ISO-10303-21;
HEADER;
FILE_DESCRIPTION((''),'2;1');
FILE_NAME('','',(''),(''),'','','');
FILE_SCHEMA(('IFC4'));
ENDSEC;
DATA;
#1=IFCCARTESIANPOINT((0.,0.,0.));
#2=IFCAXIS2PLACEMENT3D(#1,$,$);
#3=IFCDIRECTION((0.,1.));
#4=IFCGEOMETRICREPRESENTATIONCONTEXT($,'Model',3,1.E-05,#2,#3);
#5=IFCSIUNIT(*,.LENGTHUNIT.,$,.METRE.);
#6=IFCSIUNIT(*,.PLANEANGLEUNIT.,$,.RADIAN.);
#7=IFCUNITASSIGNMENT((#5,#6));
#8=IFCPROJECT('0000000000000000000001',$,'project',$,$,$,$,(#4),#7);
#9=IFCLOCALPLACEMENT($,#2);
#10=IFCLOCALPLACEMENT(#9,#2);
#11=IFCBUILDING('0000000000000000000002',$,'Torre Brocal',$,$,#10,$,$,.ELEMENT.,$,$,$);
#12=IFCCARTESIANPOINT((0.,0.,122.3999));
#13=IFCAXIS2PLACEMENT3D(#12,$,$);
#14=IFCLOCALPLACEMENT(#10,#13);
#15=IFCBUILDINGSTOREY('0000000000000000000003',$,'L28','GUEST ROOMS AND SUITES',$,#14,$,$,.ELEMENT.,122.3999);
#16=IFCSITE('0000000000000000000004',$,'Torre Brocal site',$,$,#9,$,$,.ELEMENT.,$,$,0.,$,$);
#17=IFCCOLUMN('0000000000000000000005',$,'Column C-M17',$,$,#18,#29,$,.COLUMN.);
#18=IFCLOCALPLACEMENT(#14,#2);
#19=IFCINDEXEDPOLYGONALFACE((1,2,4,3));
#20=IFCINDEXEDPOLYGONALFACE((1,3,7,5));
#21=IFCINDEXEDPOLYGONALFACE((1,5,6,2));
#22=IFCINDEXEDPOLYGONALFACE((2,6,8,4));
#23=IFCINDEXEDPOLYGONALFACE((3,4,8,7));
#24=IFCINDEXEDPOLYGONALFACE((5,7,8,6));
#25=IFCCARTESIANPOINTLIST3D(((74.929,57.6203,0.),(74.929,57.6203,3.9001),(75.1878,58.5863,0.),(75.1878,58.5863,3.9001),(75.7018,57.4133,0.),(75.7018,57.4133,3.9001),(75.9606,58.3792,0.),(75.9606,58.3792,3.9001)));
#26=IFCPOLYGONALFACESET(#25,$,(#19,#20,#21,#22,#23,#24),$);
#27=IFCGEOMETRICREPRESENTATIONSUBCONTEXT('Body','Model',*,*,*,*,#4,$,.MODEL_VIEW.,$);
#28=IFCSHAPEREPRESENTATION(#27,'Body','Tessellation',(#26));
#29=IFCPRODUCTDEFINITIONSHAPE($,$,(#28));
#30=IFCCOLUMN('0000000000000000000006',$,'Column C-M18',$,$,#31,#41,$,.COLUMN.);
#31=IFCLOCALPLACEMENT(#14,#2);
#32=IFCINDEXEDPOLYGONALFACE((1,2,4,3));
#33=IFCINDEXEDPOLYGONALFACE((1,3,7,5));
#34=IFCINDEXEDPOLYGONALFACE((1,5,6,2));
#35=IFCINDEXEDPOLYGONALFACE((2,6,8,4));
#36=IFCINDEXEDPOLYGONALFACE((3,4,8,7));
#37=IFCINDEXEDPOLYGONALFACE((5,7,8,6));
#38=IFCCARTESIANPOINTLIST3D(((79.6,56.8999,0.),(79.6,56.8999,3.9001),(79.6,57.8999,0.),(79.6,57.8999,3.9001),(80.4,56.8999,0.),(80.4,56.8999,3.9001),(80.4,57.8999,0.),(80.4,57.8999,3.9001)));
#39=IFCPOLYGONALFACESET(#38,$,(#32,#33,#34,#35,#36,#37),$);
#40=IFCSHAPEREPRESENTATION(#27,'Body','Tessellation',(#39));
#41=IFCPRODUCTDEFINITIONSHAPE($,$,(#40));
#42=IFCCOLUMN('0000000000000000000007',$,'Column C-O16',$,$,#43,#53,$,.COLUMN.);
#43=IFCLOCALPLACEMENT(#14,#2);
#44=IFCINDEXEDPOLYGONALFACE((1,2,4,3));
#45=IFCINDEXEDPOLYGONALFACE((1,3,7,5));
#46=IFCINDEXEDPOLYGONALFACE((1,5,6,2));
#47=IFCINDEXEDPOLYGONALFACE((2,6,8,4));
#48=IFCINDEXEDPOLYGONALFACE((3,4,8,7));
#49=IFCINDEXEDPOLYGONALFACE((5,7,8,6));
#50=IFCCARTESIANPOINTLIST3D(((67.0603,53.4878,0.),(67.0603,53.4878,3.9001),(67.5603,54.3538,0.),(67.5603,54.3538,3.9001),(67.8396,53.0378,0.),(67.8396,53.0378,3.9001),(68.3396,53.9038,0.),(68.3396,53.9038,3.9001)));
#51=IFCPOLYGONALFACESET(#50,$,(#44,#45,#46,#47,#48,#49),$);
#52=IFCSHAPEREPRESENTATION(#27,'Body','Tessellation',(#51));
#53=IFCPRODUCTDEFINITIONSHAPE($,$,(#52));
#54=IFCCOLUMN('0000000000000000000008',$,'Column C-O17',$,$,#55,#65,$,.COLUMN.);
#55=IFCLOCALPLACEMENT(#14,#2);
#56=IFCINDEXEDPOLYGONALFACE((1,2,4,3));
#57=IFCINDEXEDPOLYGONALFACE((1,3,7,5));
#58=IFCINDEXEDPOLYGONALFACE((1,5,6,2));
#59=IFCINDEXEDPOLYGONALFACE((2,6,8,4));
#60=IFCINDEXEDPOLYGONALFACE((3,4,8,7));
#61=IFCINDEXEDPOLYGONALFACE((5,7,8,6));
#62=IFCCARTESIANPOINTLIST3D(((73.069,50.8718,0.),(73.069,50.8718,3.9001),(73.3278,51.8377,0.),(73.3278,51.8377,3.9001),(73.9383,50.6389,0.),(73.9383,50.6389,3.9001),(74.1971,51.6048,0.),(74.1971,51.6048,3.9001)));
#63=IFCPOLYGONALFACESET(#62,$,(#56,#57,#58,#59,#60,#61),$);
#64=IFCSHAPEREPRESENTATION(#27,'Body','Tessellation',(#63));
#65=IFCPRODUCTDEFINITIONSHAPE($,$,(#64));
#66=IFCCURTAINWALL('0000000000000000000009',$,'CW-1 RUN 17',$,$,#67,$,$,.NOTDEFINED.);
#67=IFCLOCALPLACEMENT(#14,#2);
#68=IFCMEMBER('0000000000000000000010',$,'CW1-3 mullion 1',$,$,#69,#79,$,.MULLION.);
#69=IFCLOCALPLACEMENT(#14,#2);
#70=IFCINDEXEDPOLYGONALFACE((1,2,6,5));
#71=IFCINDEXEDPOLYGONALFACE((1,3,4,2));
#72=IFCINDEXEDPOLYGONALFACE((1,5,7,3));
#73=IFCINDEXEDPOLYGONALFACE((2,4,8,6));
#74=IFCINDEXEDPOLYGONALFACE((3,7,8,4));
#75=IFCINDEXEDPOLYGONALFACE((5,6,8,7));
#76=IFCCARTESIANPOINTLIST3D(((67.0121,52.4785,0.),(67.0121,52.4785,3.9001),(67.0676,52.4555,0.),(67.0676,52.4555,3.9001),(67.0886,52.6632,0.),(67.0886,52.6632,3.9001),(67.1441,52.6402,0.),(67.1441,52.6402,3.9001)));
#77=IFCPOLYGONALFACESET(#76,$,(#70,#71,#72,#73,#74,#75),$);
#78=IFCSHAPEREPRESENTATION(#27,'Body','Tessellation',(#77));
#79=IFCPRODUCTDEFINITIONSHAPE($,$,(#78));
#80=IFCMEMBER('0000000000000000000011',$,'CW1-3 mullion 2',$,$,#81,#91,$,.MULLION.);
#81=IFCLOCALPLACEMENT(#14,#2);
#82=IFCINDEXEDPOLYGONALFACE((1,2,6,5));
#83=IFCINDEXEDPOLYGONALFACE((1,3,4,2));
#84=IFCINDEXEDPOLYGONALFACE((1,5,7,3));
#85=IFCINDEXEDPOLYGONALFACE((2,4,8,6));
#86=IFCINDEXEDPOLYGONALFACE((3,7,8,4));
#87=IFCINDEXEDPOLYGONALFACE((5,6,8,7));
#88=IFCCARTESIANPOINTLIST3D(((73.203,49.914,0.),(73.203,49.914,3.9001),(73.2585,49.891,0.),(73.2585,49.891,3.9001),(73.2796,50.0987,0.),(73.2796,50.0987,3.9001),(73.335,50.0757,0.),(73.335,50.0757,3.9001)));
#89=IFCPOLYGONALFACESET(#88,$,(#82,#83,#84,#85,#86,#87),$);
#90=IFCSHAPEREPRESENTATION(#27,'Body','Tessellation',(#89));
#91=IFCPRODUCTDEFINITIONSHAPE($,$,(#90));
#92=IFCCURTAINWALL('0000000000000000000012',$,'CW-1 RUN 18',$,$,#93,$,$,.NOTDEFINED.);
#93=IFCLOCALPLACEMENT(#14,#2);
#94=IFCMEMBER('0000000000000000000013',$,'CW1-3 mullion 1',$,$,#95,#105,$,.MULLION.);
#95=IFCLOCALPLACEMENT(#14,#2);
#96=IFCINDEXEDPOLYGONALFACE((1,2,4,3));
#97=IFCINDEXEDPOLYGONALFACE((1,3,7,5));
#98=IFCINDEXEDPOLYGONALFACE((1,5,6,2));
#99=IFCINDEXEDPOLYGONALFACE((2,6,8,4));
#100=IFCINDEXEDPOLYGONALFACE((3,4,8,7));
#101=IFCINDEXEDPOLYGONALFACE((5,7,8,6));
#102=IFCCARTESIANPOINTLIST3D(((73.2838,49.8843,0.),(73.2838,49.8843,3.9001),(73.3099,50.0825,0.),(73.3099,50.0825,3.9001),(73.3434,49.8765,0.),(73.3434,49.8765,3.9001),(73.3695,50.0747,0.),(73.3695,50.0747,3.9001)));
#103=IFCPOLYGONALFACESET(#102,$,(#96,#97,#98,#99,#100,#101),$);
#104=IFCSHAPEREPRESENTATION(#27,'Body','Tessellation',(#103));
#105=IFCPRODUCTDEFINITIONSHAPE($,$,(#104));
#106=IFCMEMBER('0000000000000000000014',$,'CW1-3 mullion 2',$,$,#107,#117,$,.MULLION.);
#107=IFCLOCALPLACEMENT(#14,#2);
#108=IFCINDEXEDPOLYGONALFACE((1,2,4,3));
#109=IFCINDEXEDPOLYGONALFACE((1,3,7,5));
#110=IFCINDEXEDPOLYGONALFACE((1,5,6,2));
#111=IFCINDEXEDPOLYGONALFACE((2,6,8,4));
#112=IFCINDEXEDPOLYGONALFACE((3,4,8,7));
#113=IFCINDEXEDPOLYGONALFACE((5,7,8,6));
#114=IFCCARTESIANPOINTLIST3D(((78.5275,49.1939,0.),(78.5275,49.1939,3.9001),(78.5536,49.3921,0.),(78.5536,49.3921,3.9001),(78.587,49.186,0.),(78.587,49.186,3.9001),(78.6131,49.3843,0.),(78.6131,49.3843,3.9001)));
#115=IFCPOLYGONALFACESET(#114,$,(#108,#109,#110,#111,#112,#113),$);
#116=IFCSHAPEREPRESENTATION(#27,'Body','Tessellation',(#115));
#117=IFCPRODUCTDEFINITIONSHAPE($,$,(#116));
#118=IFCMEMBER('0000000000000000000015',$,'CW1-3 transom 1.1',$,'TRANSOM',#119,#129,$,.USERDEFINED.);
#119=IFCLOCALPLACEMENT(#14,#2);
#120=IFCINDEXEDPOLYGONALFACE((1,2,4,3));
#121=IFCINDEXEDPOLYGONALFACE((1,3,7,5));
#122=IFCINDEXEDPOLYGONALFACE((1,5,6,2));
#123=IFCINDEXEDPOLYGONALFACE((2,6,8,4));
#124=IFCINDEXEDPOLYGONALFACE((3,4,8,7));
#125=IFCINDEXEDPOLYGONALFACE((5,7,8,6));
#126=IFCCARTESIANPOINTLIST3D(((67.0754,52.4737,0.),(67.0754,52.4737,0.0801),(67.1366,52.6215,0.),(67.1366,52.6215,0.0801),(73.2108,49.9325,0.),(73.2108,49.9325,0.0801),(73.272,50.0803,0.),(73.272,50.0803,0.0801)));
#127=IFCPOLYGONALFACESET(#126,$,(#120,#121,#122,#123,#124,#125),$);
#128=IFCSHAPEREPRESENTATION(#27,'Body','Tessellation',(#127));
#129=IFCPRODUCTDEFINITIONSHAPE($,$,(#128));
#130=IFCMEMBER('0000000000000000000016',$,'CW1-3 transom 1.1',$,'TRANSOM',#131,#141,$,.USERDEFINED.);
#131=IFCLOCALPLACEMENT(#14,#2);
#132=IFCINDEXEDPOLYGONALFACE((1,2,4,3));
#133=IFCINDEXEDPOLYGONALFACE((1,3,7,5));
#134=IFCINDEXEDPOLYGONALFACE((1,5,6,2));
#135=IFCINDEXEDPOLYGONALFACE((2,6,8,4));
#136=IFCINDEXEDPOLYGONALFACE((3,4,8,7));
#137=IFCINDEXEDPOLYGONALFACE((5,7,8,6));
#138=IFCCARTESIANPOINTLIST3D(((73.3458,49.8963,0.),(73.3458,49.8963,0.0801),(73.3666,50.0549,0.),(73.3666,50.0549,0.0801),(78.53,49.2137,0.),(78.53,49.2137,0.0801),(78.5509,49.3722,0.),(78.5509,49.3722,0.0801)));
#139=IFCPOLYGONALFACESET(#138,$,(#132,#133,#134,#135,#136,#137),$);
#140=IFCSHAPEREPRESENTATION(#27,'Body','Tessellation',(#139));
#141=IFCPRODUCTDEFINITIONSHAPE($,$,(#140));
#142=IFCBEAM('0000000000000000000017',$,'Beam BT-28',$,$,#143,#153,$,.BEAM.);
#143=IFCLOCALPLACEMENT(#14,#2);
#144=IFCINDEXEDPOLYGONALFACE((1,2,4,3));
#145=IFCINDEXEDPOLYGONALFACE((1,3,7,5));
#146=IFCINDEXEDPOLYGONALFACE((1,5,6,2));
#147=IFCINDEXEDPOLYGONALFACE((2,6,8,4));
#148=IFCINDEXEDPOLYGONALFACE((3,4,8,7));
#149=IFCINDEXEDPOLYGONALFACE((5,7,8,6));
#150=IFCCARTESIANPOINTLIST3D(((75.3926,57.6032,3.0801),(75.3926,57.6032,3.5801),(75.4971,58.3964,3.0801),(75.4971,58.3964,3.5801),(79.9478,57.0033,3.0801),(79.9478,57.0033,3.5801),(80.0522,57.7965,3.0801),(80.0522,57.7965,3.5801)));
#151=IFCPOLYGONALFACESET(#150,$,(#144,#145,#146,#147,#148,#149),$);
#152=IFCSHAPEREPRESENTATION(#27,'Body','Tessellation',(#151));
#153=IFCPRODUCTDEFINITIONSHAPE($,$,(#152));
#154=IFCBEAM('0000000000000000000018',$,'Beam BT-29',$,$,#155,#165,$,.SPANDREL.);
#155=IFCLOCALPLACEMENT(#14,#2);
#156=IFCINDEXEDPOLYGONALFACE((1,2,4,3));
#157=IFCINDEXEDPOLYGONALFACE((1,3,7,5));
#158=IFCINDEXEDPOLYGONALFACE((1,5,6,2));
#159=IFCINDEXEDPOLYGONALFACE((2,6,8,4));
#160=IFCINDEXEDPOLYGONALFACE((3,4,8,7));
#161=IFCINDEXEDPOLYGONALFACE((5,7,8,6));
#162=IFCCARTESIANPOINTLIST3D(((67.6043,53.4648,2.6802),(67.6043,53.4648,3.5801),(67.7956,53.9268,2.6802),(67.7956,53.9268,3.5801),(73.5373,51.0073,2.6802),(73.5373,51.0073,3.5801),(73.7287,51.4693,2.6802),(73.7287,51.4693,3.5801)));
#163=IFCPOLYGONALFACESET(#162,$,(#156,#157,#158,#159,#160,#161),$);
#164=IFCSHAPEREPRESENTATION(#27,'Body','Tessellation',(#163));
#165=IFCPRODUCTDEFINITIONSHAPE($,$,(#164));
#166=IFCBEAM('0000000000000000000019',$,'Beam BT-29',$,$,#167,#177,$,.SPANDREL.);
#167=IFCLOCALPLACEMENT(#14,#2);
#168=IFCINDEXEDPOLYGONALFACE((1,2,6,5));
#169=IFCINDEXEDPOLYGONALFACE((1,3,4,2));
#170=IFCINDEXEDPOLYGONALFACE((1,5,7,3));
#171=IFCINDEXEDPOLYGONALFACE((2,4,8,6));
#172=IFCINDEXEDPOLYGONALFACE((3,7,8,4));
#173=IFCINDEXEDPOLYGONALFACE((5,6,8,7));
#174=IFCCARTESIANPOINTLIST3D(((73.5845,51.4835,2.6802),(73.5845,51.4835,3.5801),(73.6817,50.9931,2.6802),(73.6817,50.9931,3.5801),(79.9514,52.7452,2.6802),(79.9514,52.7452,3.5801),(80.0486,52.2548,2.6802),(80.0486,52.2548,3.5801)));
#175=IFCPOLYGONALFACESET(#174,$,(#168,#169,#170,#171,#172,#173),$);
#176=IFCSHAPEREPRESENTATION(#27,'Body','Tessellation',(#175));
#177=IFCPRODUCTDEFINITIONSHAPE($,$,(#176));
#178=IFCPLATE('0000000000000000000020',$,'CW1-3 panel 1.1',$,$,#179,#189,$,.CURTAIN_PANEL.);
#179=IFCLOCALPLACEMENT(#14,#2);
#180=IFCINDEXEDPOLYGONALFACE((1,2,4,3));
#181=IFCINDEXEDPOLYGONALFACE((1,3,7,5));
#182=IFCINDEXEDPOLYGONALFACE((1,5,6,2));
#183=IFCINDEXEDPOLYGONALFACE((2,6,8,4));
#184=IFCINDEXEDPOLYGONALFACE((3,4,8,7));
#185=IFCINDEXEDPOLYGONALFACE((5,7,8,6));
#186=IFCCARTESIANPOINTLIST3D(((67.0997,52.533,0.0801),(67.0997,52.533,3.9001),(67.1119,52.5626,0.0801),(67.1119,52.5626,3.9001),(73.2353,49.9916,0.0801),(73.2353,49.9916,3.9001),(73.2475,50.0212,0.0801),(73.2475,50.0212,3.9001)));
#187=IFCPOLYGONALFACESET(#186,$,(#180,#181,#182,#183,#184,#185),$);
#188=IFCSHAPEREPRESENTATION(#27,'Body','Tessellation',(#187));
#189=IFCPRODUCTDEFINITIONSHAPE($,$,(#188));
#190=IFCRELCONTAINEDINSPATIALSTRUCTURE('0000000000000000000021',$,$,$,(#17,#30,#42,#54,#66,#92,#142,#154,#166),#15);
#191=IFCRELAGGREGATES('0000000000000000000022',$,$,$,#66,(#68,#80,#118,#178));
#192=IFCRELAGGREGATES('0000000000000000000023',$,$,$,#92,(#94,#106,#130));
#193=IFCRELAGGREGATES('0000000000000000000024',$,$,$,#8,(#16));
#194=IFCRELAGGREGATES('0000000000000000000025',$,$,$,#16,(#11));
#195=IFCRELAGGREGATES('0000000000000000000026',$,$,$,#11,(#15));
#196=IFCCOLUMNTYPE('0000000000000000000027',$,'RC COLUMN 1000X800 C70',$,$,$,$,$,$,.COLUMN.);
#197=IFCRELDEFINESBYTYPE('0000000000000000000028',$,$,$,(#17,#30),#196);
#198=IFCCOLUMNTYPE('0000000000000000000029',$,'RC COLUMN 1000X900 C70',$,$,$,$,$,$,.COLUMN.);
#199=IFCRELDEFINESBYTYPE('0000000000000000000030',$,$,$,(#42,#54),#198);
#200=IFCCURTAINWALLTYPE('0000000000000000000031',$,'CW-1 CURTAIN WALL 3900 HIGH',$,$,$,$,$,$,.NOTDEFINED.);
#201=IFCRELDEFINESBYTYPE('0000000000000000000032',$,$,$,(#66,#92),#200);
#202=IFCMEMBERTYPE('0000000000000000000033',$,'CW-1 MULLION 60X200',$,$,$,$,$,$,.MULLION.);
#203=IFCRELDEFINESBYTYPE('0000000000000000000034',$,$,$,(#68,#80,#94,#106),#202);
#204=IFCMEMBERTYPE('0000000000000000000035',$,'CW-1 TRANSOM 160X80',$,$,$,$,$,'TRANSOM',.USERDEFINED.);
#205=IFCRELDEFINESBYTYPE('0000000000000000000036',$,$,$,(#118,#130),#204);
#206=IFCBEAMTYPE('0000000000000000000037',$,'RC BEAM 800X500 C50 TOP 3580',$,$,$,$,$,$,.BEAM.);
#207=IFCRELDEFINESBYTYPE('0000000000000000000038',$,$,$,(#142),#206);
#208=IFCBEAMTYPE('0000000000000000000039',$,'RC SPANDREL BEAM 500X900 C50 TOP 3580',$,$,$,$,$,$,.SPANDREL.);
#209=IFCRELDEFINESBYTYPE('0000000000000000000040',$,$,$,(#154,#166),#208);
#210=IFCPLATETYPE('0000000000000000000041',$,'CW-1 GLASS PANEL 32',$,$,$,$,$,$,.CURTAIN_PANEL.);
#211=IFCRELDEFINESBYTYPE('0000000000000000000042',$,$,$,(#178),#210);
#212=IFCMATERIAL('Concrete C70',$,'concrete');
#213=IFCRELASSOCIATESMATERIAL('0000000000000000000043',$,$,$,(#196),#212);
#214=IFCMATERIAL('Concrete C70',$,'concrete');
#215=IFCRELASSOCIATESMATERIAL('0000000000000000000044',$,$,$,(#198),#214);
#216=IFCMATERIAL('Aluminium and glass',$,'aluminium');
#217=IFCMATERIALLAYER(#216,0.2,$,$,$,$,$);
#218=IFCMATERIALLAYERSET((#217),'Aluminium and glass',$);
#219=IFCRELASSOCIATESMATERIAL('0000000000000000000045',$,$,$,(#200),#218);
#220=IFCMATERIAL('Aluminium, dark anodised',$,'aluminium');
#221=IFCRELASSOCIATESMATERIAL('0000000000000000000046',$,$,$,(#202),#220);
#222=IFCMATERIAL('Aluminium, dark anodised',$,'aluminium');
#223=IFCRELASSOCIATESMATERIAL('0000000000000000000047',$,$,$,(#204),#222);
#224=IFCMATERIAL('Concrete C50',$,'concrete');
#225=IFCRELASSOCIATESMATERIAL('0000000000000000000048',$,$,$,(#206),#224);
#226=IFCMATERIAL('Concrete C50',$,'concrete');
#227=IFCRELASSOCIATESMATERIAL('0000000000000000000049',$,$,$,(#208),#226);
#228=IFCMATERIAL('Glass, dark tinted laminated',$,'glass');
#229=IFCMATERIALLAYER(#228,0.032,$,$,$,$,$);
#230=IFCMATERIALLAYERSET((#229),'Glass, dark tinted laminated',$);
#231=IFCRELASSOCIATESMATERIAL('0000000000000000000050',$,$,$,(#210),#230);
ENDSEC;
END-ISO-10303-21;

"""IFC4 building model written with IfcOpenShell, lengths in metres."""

from ifc_helpers import new_model, si_unit, direction, frame, origin, origin_2d, place, context, subcontext, project, spatial, rectangle, extrude, material, layer, layer_set, material_profile, profile_set, type_object, element, aggregate, save


model = new_model("IFC4")

# Units and contexts
model_context = context("Model", 3, precision=1e-05, world=origin(), true_north=direction((0.0, 1.0)))
body_context = subcontext(model_context, "Body", "Model", "MODEL_VIEW")
ifc_project = project(units=[si_unit("LENGTHUNIT", "METRE"), si_unit("PLANEANGLEUNIT", "RADIAN")], contexts=[model_context])

# Site, building, storey
site_placement = place(None, origin())
site = spatial("IfcSite", under=ifc_project, at=site_placement, Name="Torre Brocal site", CompositionType="ELEMENT", RefElevation=0.0)
building_placement = place(site_placement, origin())
building = spatial("IfcBuilding", under=site, at=building_placement, Name="Torre Brocal", CompositionType="ELEMENT")
storey_placement = place(building_placement, frame((0.0, 0.0, 122.3999)))
storey = spatial("IfcBuildingStorey", under=building, at=storey_placement, Name="L28", Description="GUEST ROOMS AND SUITES", CompositionType="ELEMENT", Elevation=122.3999)

# Columns
ifc_material_1 = material(Name="Concrete C70", Category="concrete")
ifc_material_profile_1 = material_profile(ifc_material_1, rectangle(XDim=1.0, YDim=0.8, at=origin_2d()), Name="RC 1000X800")
ifc_profile_set_1 = profile_set([ifc_material_profile_1], Name="Concrete C70")
column_type_1 = type_object("IfcColumnType", Name="RC COLUMN 1000X800 C70", PredefinedType="COLUMN", material=ifc_profile_set_1)
for number, where, z_axis, x_axis, name in (
    (1, (75.4448, 57.9998, 0.0), (0.0, 0.0, 1.0), (-0.258819, -0.965926, 0.0), "Column C-M17"),
    (2, (80.0, 57.3999, 0.0), (0.0, 0.0, 1.0), (0.0, -1.0, 0.0), "Column C-M18"),
):
    element("IfcColumn", number, at=place(storey_placement, frame(where, z_axis=z_axis, x_axis=x_axis)), inside=storey, type_object=column_type_1, Name=name, PredefinedType="COLUMN", context=body_context, shape_type="SweptSolid", body=[
        extrude(rectangle(XDim=1.0, YDim=0.8, at=origin_2d()), origin(), (0.0, 0.0, 1.0), 3.9001),
    ])
ifc_material_2 = material(Name="Concrete C70", Category="concrete")
ifc_material_profile_2 = material_profile(ifc_material_2, rectangle(XDim=1.0, YDim=0.8999, at=origin_2d()), Name="RC 1000X900")
ifc_profile_set_2 = profile_set([ifc_material_profile_2], Name="Concrete C70")
column_type_2 = type_object("IfcColumnType", Name="RC COLUMN 1000X900 C70", PredefinedType="COLUMN", material=ifc_profile_set_2)
for number, where, z_axis, x_axis, name in (
    (3, (67.7, 53.6958, 0.0), (0.0, 0.0, 1.0), (-0.5, -0.866025, 0.0), "Column C-O16"),
    (4, (73.6331, 51.2383, 0.0), (0.0, 0.0, 1.0), (-0.258819, -0.965926, 0.0), "Column C-O17"),
):
    element("IfcColumn", number, at=place(storey_placement, frame(where, z_axis=z_axis, x_axis=x_axis)), inside=storey, type_object=column_type_2, Name=name, PredefinedType="COLUMN", context=body_context, shape_type="SweptSolid", body=[
        extrude(rectangle(XDim=1.0, YDim=0.8999, at=origin_2d()), origin(), (0.0, 0.0, 1.0), 3.9001),
    ])

# Curtain walls, members
ifc_material_3 = material(Name="Aluminium and glass", Category="aluminium")
ifc_layer_1 = layer(ifc_material_3, 0.2)
ifc_layer_set_1 = layer_set([ifc_layer_1], Name="Aluminium and glass")
curtain_wall_type = type_object("IfcCurtainWallType", Name="CW-1 CURTAIN WALL 3900 HIGH", PredefinedType="NOTDEFINED", material=ifc_layer_set_1)
curtain_wall_1_placement = place(storey_placement, origin())
curtain_wall_1 = element("IfcCurtainWall", 5, at=curtain_wall_1_placement, inside=storey, type_object=curtain_wall_type, Name="CW-1 RUN 17", PredefinedType="NOTDEFINED")
ifc_material_4 = material(Name="Aluminium, dark anodised", Category="aluminium")
ifc_material_profile_3 = material_profile(ifc_material_4, rectangle(XDim=0.2, YDim=0.0601, at=origin_2d()), Name="CW-1 MULLION 60X200")
ifc_profile_set_3 = profile_set([ifc_material_profile_3], Name="Aluminium, dark anodised")
member_type_1 = type_object("IfcMemberType", Name="CW-1 MULLION 60X200", PredefinedType="MULLION", material=ifc_profile_set_3)
member_1_placement = place(storey_placement, frame((67.0781, 52.5593, 0.0), z_axis=(0.0, 0.0, 1.0), x_axis=(0.382683, 0.92388, 0.0)))
member_1 = element("IfcMember", 6, at=member_1_placement, type_object=member_type_1, Name="CW1-3 mullion 1", PredefinedType="MULLION", context=body_context, shape_type="SweptSolid", body=[
    extrude(rectangle(XDim=0.2, YDim=0.0601, at=origin_2d()), origin(), (0.0, 0.0, 1.0), 3.9001),
])
member_2_placement = place(storey_placement, frame((73.269, 49.9949, 0.0), z_axis=(0.0, 0.0, 1.0), x_axis=(0.382683, 0.92388, 0.0)))
member_2 = element("IfcMember", 7, at=member_2_placement, type_object=member_type_1, Name="CW1-3 mullion 2", PredefinedType="MULLION", context=body_context, shape_type="SweptSolid", body=[
    extrude(rectangle(XDim=0.2, YDim=0.0601, at=origin_2d()), origin(), (0.0, 0.0, 1.0), 3.9001),
])
curtain_wall_2_placement = place(storey_placement, origin())
curtain_wall_2 = element("IfcCurtainWall", 8, at=curtain_wall_2_placement, inside=storey, type_object=curtain_wall_type, Name="CW-1 RUN 18", PredefinedType="NOTDEFINED")
member_3_placement = place(storey_placement, frame((73.3267, 49.9795, 0.0), z_axis=(0.0, 0.0, 1.0), x_axis=(0.130526, 0.991445, 0.0)))
member_3 = element("IfcMember", 9, at=member_3_placement, type_object=member_type_1, Name="CW1-3 mullion 1", PredefinedType="MULLION", context=body_context, shape_type="SweptSolid", body=[
    extrude(rectangle(XDim=0.2, YDim=0.0601, at=origin_2d()), origin(), (0.0, 0.0, 1.0), 3.9001),
])
member_4_placement = place(storey_placement, frame((78.5703, 49.2891, 0.0), z_axis=(0.0, 0.0, 1.0), x_axis=(0.130526, 0.991445, 0.0)))
member_4 = element("IfcMember", 10, at=member_4_placement, type_object=member_type_1, Name="CW1-3 mullion 2", PredefinedType="MULLION", context=body_context, shape_type="SweptSolid", body=[
    extrude(rectangle(XDim=0.2, YDim=0.0601, at=origin_2d()), origin(), (0.0, 0.0, 1.0), 3.9001),
])

# Members
ifc_material_5 = material(Name="Aluminium, dark anodised", Category="aluminium")
ifc_material_profile_4 = material_profile(ifc_material_5, rectangle(XDim=0.1599, YDim=0.0801, at=origin_2d()), Name="CW-1 TRANSOM 160X80")
ifc_profile_set_4 = profile_set([ifc_material_profile_4], Name="Aluminium, dark anodised")
member_type_2 = type_object("IfcMemberType", Name="CW-1 TRANSOM 160X80", ElementType="TRANSOM", PredefinedType="USERDEFINED", material=ifc_profile_set_4)
member_5_placement = place(storey_placement, frame((67.106, 52.5476, 0.04), z_axis=(0.923887, -0.382665, 0.0), x_axis=(0.382665, 0.923887, 0.0)))
member_5 = element("IfcMember", 11, at=member_5_placement, type_object=member_type_2, Name="CW1-3 transom 1.1", ObjectType="TRANSOM", PredefinedType="USERDEFINED", context=body_context, shape_type="SweptSolid", body=[
    extrude(rectangle(XDim=0.1599, YDim=0.0801, at=origin_2d()), origin(), (0.0, 0.0, 1.0), 6.6409),
])
member_6_placement = place(storey_placement, frame((73.3562, 49.9756, 0.04), z_axis=(0.991443, -0.130543, 0.0), x_axis=(0.130543, 0.991443, 0.0)))
member_6 = element("IfcMember", 12, at=member_6_placement, type_object=member_type_2, Name="CW1-3 transom 1.1", ObjectType="TRANSOM", PredefinedType="USERDEFINED", context=body_context, shape_type="SweptSolid", body=[
    extrude(rectangle(XDim=0.1599, YDim=0.0801, at=origin_2d()), origin(), (0.0, 0.0, 1.0), 5.229),
])

# Beams
ifc_material_6 = material(Name="Concrete C50", Category="concrete")
ifc_material_profile_5 = material_profile(ifc_material_6, rectangle(XDim=0.8, YDim=0.5, at=origin_2d()), Name="RC 800X500")
ifc_profile_set_5 = profile_set([ifc_material_profile_5], Name="Concrete C50")
beam_type_1 = type_object("IfcBeamType", Name="RC BEAM 800X500 C50 TOP 3580", PredefinedType="BEAM", material=ifc_profile_set_5)
beam_1_placement = place(storey_placement, frame((75.4448, 57.9998, 3.3301), z_axis=(0.991441, -0.130559, 0.0), x_axis=(0.130559, 0.991441, 0.0)))
element("IfcBeam", 13, at=beam_1_placement, inside=storey, type_object=beam_type_1, Name="Beam BT-28", PredefinedType="BEAM", context=body_context, shape_type="SweptSolid", body=[
    extrude(rectangle(XDim=0.8, YDim=0.5, at=origin_2d()), origin(), (0.0, 0.0, 1.0), 4.5945),
])
ifc_material_7 = material(Name="Concrete C50", Category="concrete")
ifc_material_profile_6 = material_profile(ifc_material_7, rectangle(XDim=0.5, YDim=0.8999, at=origin_2d()), Name="RC 500X900")
ifc_profile_set_6 = profile_set([ifc_material_profile_6], Name="Concrete C50")
beam_type_2 = type_object("IfcBeamType", Name="RC SPANDREL BEAM 500X900 C50 TOP 3580", PredefinedType="SPANDREL", material=ifc_profile_set_6)
beam_2_placement = place(storey_placement, frame((67.7, 53.6958, 3.1301), z_axis=(0.923882, -0.382676, 0.0), x_axis=(0.382676, 0.923882, 0.0)))
element("IfcBeam", 14, at=beam_2_placement, inside=storey, type_object=beam_type_2, Name="Beam BT-29", PredefinedType="SPANDREL", context=body_context, shape_type="SweptSolid", body=[
    extrude(rectangle(XDim=0.5, YDim=0.8999, at=origin_2d()), origin(), (0.0, 0.0, 1.0), 6.4219),
])
beam_3_placement = place(storey_placement, frame((73.6331, 51.2383, 3.1301), z_axis=(0.980925, 0.194387, 0.0), x_axis=(-0.194387, 0.980925, 0.0)))
element("IfcBeam", 15, at=beam_3_placement, inside=storey, type_object=beam_type_2, Name="Beam BT-29", PredefinedType="SPANDREL", context=body_context, shape_type="SweptSolid", body=[
    extrude(rectangle(XDim=0.5, YDim=0.8999, at=origin_2d()), origin(), (0.0, 0.0, 1.0), 6.4907),
])

# Plate
ifc_material_8 = material(Name="Glass, dark tinted laminated", Category="glass")
ifc_layer_2 = layer(ifc_material_8, 0.032)
ifc_layer_set_2 = layer_set([ifc_layer_2], Name="Glass, dark tinted laminated")
plate_type = type_object("IfcPlateType", Name="CW-1 GLASS PANEL 32", PredefinedType="CURTAIN_PANEL", material=ifc_layer_set_2)
plate_1_placement = place(storey_placement, frame((70.1736, 51.2771, 0.0801), z_axis=(0.0, 0.0, 1.0), x_axis=(0.92388, -0.382683, 0.0)))
plate_1 = element("IfcPlate", 16, at=plate_1_placement, type_object=plate_type, Name="CW1-3 panel 1.1", PredefinedType="CURTAIN_PANEL", context=body_context, shape_type="SweptSolid", body=[
    extrude(rectangle(XDim=6.6411, YDim=0.032, at=origin_2d()), origin(), (0.0, 0.0, 1.0), 3.8201),
])
aggregate(curtain_wall_1, [member_1, member_2, member_5, plate_1])
aggregate(curtain_wall_2, [member_3, member_4, member_6])

save(model, "model.ifc")
